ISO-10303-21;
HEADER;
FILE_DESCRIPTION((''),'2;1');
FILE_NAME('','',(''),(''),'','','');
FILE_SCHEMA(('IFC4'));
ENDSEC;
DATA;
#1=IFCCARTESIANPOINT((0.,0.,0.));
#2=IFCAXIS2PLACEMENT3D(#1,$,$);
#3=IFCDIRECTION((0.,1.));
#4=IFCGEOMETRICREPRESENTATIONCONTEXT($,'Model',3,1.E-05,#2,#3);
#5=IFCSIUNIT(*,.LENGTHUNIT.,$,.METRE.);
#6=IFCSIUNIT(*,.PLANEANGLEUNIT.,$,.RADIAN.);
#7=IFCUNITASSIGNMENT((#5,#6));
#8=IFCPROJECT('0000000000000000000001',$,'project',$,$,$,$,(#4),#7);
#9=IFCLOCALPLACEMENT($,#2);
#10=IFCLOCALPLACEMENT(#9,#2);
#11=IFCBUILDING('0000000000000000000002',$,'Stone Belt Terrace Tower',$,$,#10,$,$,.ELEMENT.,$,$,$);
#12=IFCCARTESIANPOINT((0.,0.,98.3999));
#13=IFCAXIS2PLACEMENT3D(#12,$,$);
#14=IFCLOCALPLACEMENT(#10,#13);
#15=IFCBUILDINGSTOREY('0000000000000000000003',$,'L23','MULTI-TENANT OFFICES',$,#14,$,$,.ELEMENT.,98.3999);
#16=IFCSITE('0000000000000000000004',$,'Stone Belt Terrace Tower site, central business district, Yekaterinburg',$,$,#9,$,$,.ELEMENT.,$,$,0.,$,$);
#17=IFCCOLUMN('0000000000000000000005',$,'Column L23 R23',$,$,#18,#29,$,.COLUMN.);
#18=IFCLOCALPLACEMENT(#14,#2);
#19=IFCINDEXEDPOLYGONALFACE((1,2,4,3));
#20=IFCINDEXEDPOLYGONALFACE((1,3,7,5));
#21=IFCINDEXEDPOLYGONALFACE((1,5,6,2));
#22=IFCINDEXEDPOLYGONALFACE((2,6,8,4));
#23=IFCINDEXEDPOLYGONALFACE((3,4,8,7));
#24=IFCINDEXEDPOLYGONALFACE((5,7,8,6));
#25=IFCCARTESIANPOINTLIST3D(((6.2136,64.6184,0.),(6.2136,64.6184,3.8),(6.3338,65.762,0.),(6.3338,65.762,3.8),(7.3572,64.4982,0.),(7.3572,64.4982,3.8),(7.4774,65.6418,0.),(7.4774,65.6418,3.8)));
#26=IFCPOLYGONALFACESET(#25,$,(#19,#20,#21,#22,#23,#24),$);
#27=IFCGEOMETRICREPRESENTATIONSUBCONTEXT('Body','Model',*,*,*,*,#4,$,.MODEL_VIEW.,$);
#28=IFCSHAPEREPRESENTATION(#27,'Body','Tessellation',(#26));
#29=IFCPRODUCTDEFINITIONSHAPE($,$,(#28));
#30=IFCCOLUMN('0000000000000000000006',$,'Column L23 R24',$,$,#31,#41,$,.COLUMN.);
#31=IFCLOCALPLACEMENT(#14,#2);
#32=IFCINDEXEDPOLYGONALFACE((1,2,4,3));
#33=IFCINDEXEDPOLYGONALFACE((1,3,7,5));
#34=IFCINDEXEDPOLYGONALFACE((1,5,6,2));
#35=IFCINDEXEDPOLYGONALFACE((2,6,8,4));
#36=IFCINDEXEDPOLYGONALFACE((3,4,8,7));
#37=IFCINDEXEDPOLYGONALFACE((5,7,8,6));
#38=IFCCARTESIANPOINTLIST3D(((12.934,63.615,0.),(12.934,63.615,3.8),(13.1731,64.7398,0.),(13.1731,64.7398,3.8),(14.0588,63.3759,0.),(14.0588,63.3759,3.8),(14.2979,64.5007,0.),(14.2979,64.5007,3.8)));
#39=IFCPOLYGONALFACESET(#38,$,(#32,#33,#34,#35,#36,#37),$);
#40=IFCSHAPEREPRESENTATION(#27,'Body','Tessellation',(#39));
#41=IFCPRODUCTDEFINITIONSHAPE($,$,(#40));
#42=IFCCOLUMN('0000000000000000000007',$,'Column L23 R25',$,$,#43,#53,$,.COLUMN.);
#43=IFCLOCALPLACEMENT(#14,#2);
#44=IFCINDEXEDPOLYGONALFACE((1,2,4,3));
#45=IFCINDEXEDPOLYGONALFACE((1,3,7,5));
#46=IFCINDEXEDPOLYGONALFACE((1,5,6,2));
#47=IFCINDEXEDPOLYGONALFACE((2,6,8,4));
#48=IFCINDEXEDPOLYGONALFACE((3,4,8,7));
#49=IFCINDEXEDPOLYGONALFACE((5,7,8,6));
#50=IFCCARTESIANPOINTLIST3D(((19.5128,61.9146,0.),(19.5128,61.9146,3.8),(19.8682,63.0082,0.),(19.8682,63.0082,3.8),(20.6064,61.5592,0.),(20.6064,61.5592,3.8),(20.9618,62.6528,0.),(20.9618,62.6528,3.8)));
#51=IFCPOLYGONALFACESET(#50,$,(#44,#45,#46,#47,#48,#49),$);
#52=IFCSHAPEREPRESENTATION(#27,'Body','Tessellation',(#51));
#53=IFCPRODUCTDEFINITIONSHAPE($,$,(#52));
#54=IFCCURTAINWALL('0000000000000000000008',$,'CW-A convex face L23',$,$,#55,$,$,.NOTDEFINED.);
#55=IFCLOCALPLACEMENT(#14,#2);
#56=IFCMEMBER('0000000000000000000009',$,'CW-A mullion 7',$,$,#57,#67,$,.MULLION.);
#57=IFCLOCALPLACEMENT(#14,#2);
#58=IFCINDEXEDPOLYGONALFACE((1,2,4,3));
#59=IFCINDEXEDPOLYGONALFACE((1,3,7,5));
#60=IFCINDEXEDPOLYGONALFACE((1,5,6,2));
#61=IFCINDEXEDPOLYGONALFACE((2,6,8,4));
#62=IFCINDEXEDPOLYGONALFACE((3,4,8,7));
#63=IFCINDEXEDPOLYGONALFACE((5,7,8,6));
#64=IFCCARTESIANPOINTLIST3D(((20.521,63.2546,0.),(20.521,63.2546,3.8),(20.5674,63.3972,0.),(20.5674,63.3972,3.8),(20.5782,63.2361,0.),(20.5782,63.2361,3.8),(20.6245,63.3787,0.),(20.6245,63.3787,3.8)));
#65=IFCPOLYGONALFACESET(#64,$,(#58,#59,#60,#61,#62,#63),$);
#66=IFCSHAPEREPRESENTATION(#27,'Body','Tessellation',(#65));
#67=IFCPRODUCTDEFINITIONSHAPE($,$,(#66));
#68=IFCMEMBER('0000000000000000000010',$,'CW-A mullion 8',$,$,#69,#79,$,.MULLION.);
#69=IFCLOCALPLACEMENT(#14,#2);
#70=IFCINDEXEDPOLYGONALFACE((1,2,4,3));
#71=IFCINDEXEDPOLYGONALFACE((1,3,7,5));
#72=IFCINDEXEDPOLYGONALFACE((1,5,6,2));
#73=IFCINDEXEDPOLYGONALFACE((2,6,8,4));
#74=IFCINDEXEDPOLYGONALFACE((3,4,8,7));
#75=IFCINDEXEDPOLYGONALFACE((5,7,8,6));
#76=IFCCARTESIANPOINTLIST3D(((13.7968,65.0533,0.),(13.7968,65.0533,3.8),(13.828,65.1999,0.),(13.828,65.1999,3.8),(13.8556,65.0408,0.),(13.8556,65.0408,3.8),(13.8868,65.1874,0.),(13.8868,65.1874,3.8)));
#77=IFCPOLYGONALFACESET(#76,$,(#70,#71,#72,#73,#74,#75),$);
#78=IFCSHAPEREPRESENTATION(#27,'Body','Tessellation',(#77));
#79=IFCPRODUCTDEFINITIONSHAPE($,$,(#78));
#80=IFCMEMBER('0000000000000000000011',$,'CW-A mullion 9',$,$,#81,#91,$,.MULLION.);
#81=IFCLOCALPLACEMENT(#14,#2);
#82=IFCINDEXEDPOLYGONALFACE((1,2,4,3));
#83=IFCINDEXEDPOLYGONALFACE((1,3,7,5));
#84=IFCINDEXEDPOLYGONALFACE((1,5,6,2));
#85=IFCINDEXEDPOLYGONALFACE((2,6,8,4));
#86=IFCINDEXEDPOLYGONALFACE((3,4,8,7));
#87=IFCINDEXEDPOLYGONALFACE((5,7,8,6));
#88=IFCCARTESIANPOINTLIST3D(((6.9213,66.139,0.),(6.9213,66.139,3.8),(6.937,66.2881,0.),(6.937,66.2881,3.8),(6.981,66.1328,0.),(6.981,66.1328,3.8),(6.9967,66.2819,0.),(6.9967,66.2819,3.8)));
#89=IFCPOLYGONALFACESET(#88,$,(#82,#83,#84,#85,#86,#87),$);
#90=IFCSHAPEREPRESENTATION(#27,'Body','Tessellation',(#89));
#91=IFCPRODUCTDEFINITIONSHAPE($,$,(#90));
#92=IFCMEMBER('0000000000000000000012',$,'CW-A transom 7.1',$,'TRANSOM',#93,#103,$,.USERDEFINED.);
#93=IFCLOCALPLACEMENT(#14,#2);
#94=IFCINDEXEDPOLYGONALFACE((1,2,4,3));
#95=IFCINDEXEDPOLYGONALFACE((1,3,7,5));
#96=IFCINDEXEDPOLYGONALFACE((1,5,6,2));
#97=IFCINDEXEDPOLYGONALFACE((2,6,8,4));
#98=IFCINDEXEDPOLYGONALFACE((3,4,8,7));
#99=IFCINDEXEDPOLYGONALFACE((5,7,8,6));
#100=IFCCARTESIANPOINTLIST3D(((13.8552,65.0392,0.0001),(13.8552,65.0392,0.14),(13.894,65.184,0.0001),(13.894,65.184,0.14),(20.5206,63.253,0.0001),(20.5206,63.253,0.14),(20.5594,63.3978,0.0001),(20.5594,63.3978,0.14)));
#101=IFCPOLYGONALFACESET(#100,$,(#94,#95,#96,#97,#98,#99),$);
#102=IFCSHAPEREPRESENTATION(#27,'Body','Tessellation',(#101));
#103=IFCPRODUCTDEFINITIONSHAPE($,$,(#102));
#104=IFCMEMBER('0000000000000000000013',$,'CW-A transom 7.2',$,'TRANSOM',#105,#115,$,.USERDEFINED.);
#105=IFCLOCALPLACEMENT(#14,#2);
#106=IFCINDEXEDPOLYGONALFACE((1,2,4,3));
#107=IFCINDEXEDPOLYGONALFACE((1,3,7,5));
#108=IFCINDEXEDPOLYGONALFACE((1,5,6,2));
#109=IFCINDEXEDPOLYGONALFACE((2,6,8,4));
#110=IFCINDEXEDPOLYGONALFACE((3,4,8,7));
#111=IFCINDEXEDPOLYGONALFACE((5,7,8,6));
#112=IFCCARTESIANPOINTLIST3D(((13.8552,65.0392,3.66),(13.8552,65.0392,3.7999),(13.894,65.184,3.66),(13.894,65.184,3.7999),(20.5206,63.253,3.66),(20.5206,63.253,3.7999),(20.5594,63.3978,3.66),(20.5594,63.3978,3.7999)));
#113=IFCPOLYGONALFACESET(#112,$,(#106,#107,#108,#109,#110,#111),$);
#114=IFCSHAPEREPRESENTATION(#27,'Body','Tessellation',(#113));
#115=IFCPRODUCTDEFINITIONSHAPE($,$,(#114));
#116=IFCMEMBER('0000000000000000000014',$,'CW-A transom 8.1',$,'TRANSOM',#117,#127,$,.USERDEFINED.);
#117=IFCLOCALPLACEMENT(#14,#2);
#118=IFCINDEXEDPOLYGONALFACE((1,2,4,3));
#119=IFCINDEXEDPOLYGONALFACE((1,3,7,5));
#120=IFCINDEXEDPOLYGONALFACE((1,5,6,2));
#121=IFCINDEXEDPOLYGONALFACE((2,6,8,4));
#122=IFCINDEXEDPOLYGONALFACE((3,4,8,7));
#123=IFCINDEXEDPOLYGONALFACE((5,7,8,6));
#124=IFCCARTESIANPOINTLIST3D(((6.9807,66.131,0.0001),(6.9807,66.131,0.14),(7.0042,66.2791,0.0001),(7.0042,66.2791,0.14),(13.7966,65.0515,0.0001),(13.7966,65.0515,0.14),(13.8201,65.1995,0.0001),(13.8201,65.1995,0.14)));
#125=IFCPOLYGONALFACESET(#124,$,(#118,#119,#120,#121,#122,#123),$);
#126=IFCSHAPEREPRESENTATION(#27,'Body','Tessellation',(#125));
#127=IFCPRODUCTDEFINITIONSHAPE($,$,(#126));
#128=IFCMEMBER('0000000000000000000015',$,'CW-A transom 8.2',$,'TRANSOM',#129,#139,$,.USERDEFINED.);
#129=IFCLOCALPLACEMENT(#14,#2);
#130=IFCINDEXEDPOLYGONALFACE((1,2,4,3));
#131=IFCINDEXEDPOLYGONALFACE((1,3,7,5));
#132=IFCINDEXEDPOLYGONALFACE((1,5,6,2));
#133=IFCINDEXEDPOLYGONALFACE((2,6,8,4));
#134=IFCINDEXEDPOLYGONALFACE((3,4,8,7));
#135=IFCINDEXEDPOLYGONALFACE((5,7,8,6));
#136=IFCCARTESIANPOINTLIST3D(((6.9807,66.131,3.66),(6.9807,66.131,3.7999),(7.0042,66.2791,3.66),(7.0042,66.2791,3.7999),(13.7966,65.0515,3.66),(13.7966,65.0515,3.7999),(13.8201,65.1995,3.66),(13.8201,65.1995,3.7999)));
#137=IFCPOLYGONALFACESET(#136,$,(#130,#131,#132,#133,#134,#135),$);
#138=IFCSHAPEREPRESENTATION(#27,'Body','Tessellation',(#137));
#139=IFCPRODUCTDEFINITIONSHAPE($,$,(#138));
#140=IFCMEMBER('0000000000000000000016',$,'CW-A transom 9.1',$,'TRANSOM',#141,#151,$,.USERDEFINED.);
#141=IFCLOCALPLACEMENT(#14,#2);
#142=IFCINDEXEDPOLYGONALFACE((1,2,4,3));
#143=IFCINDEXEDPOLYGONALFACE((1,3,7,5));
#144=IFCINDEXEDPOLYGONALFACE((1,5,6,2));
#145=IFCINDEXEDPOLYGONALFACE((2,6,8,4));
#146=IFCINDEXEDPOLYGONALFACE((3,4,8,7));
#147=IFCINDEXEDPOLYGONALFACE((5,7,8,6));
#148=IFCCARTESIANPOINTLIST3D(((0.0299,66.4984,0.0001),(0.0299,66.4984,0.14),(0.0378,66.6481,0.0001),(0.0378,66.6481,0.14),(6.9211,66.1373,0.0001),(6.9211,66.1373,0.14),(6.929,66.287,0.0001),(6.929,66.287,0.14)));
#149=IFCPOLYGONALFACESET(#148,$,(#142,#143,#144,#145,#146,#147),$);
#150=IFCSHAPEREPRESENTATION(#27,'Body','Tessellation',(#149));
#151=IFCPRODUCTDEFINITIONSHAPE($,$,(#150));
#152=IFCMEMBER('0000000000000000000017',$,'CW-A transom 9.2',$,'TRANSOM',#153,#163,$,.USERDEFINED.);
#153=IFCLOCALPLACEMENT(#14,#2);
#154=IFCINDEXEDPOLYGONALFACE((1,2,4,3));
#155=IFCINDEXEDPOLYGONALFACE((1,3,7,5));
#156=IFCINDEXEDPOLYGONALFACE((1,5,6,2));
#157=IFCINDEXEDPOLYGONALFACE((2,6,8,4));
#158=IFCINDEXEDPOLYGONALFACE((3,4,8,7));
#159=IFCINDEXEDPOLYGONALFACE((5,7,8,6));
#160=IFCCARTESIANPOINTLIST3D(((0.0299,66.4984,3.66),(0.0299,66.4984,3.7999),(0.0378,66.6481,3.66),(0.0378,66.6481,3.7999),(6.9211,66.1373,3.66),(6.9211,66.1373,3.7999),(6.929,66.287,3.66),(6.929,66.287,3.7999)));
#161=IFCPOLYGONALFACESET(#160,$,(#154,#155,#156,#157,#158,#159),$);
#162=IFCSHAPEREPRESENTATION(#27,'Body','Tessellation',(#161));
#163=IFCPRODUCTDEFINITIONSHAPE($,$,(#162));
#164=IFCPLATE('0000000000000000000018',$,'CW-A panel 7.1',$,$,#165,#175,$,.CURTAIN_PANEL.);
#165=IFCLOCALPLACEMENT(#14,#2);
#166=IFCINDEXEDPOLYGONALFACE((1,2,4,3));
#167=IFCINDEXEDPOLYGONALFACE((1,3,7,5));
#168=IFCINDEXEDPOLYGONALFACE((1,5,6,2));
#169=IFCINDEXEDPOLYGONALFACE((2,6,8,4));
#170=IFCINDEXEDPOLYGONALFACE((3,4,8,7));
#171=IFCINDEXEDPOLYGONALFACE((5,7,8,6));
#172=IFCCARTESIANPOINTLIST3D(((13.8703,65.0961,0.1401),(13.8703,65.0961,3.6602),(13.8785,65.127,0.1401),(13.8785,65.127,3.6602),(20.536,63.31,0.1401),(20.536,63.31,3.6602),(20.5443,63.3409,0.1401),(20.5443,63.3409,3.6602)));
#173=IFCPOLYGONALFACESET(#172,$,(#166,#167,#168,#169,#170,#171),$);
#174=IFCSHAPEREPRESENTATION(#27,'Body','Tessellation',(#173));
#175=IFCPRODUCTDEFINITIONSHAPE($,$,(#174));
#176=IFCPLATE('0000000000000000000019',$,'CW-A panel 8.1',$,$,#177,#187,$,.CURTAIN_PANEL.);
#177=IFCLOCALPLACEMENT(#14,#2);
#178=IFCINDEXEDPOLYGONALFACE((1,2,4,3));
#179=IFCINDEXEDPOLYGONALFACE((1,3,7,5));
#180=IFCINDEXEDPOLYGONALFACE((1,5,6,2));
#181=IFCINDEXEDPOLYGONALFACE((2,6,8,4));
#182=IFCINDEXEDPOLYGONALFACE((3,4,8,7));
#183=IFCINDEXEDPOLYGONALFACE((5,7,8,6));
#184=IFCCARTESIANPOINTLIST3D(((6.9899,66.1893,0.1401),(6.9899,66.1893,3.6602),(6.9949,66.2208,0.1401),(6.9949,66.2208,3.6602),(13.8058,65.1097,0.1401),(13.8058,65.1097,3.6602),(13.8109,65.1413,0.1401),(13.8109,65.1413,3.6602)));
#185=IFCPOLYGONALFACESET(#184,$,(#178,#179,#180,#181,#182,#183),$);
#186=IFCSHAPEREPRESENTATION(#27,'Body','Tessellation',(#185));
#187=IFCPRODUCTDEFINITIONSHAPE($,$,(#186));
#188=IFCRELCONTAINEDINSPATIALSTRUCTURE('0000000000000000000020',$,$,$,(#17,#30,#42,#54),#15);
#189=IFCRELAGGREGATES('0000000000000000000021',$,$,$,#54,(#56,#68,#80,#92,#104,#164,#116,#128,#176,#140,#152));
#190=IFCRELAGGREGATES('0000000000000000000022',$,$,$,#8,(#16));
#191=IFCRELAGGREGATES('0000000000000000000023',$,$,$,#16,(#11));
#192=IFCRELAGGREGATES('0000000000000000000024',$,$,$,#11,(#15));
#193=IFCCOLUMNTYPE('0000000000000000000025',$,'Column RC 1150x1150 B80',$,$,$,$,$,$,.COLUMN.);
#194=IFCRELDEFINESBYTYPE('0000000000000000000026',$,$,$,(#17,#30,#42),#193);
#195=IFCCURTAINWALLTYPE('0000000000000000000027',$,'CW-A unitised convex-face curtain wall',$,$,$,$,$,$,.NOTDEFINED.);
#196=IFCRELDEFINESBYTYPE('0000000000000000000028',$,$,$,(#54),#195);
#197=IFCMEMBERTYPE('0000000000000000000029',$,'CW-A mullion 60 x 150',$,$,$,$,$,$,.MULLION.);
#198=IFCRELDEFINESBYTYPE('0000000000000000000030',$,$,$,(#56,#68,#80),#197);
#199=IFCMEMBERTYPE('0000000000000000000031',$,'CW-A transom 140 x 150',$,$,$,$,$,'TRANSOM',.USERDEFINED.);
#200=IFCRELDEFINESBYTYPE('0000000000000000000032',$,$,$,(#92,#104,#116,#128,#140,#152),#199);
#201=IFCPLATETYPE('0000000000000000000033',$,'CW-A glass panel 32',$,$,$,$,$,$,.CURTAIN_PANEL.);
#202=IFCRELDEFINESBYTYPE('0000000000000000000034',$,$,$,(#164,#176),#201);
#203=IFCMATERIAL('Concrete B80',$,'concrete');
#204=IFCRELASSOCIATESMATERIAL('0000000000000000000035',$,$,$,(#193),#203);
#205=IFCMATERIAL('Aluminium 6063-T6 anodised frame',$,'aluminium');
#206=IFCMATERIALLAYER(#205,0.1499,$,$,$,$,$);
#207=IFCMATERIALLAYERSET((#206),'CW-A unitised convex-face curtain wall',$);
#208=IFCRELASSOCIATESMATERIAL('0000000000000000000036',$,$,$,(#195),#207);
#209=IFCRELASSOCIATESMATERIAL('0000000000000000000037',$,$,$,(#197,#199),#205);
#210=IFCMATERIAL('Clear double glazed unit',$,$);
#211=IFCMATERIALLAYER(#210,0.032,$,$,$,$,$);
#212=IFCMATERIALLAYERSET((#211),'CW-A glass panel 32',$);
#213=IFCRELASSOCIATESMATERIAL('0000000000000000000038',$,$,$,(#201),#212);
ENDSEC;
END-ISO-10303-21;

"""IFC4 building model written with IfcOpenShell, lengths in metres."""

from ifc_helpers import new_model, si_unit, direction, frame, origin, origin_2d, place, context, subcontext, project, spatial, rectangle, extrude, material, layer, layer_set, material_profile, profile_set, type_object, element, aggregate, save


model = new_model("IFC4")

# Units and contexts
model_context = context("Model", 3, precision=1e-05, world=origin(), true_north=direction((0.0, 1.0)))
body_context = subcontext(model_context, "Body", "Model", "MODEL_VIEW")
ifc_project = project(units=[si_unit("LENGTHUNIT", "METRE"), si_unit("PLANEANGLEUNIT", "RADIAN")], contexts=[model_context])

# Site, building, storey
site_placement = place(None, origin())
site = spatial("IfcSite", under=ifc_project, at=site_placement, Name="Stone Belt Terrace Tower site, central business district, Yekaterinburg", CompositionType="ELEMENT", RefElevation=0.0)
building_placement = place(site_placement, origin())
building = spatial("IfcBuilding", under=site, at=building_placement, Name="Stone Belt Terrace Tower", CompositionType="ELEMENT")
storey_placement = place(building_placement, frame((0.0, 0.0, 98.3999)))
storey = spatial("IfcBuildingStorey", under=building, at=storey_placement, Name="L23", Description="MULTI-TENANT OFFICES", CompositionType="ELEMENT", Elevation=98.3999)

# Columns
ifc_material_1 = material(Name="Concrete B80", Category="concrete")
ifc_material_profile_1 = material_profile(ifc_material_1, rectangle(XDim=1.1499, YDim=1.1499, at=origin_2d()), Name="RC 1150x1150")
ifc_profile_set_1 = profile_set([ifc_material_profile_1], Name="Concrete B80")
column_type = type_object("IfcColumnType", Name="Column RC 1150x1150 B80", PredefinedType="COLUMN", material=ifc_profile_set_1)
for number, where, z_axis, x_axis, name in (
    (1, (6.8455, 65.1301, 0.0), (0.0, 0.0, 1.0), (0.994522, -0.104528, 0.0), "Column L23 R23"),
    (2, (13.616, 64.0579, 0.0), (0.0, 0.0, 1.0), (0.978148, -0.207912, 0.0), "Column L23 R24"),
    (3, (20.2373, 62.2837, 0.0), (0.0, 0.0, 1.0), (0.951057, -0.309017, 0.0), "Column L23 R25"),
):
    element("IfcColumn", number, at=place(storey_placement, frame(where, z_axis=z_axis, x_axis=x_axis)), inside=storey, type_object=column_type, Name=name, PredefinedType="COLUMN", context=body_context, shape_type="SweptSolid", body=[
        extrude(rectangle(XDim=1.1499, YDim=1.1499, at=origin_2d()), origin(), (0.0, 0.0, 1.0), 3.8),
    ])

# Curtain wall, members, plates
ifc_material_2 = material(Name="Aluminium 6063-T6 anodised frame", Category="aluminium")
ifc_layer_1 = layer(ifc_material_2, 0.1499)
ifc_layer_set_1 = layer_set([ifc_layer_1], Name="CW-A unitised convex-face curtain wall")
curtain_wall_type = type_object("IfcCurtainWallType", Name="CW-A unitised convex-face curtain wall", PredefinedType="NOTDEFINED", material=ifc_layer_set_1)
curtain_wall_placement = place(storey_placement, origin())
curtain_wall = element("IfcCurtainWall", 4, at=curtain_wall_placement, inside=storey, type_object=curtain_wall_type, Name="CW-A convex face L23", PredefinedType="NOTDEFINED")
ifc_material_profile_2 = material_profile(ifc_material_2, rectangle(XDim=0.1499, YDim=0.0601, at=origin_2d()), Name="Aluminium 6063-T6 60x150")
ifc_profile_set_2 = profile_set([ifc_material_profile_2], Name="Aluminium 6063-T6 anodised frame")
member_type_1 = type_object("IfcMemberType", Name="CW-A mullion 60 x 150", PredefinedType="MULLION", material=ifc_profile_set_2)
member_1_placement = place(storey_placement, frame((20.5728, 63.3167, 0.0), z_axis=(0.0, 0.0, 1.0), x_axis=(-0.309017, -0.951057, 0.0)))
member_1 = element("IfcMember", 5, at=member_1_placement, type_object=member_type_1, Name="CW-A mullion 7", PredefinedType="MULLION", context=body_context, shape_type="SweptSolid", body=[
    extrude(rectangle(XDim=0.1499, YDim=0.0601, at=origin_2d()), origin(), (0.0, 0.0, 1.0), 3.8),
])
member_2_placement = place(storey_placement, frame((13.8418, 65.1204, 0.0), z_axis=(0.0, 0.0, 1.0), x_axis=(-0.207912, -0.978148, 0.0)))
member_2 = element("IfcMember", 6, at=member_2_placement, type_object=member_type_1, Name="CW-A mullion 8", PredefinedType="MULLION", context=body_context, shape_type="SweptSolid", body=[
    extrude(rectangle(XDim=0.1499, YDim=0.0601, at=origin_2d()), origin(), (0.0, 0.0, 1.0), 3.8),
])
member_3_placement = place(storey_placement, frame((6.959, 66.2104, 0.0), z_axis=(0.0, 0.0, 1.0), x_axis=(-0.104528, -0.994522, 0.0)))
member_3 = element("IfcMember", 7, at=member_3_placement, type_object=member_type_1, Name="CW-A mullion 9", PredefinedType="MULLION", context=body_context, shape_type="SweptSolid", body=[
    extrude(rectangle(XDim=0.1499, YDim=0.0601, at=origin_2d()), origin(), (0.0, 0.0, 1.0), 3.8),
])
ifc_material_profile_3 = material_profile(ifc_material_2, rectangle(XDim=0.1499, YDim=0.1399, at=origin_2d()), Name="Aluminium 6063-T6 150x140")
ifc_profile_set_3 = profile_set([ifc_material_profile_3], Name="Aluminium 6063-T6 anodised frame")
member_type_2 = type_object("IfcMemberType", Name="CW-A transom 140 x 150", ElementType="TRANSOM", PredefinedType="USERDEFINED", material=ifc_profile_set_3)
member_4_placement = place(storey_placement, frame((20.54, 63.3254, 0.0701), z_axis=(-0.965922, 0.258834, 0.0), x_axis=(-0.258834, -0.965922, 0.0)))
member_4 = element("IfcMember", 8, at=member_4_placement, type_object=member_type_2, Name="CW-A transom 7.1", ObjectType="TRANSOM", PredefinedType="USERDEFINED", context=body_context, shape_type="SweptSolid", body=[
    extrude(rectangle(XDim=0.1499, YDim=0.1399, at=origin_2d()), origin(), (0.0, 0.0, 1.0), 6.9006),
])
member_5_placement = place(storey_placement, frame((20.54, 63.3254, 3.73), z_axis=(-0.965922, 0.258834, 0.0), x_axis=(-0.258834, -0.965922, 0.0)))
member_5 = element("IfcMember", 9, at=member_5_placement, type_object=member_type_2, Name="CW-A transom 7.2", ObjectType="TRANSOM", PredefinedType="USERDEFINED", context=body_context, shape_type="SweptSolid", body=[
    extrude(rectangle(XDim=0.1499, YDim=0.1399, at=origin_2d()), origin(), (0.0, 0.0, 1.0), 6.9006),
])
member_6_placement = place(storey_placement, frame((13.8083, 65.1255, 0.0701), z_axis=(-0.987687, 0.156442, 0.0), x_axis=(-0.156442, -0.987687, 0.0)))
member_6 = element("IfcMember", 10, at=member_6_placement, type_object=member_type_2, Name="CW-A transom 8.1", ObjectType="TRANSOM", PredefinedType="USERDEFINED", context=body_context, shape_type="SweptSolid", body=[
    extrude(rectangle(XDim=0.1499, YDim=0.1399, at=origin_2d()), origin(), (0.0, 0.0, 1.0), 6.9009),
])
member_7_placement = place(storey_placement, frame((13.8083, 65.1255, 3.73), z_axis=(-0.987687, 0.156442, 0.0), x_axis=(-0.156442, -0.987687, 0.0)))
member_7 = element("IfcMember", 11, at=member_7_placement, type_object=member_type_2, Name="CW-A transom 8.2", ObjectType="TRANSOM", PredefinedType="USERDEFINED", context=body_context, shape_type="SweptSolid", body=[
    extrude(rectangle(XDim=0.1499, YDim=0.1399, at=origin_2d()), origin(), (0.0, 0.0, 1.0), 6.9009),
])
member_8_placement = place(storey_placement, frame((6.925, 66.2122, 0.0701), z_axis=(-0.99863, 0.052327, 0.0), x_axis=(-0.052327, -0.99863, 0.0)))
member_8 = element("IfcMember", 12, at=member_8_placement, type_object=member_type_2, Name="CW-A transom 9.1", ObjectType="TRANSOM", PredefinedType="USERDEFINED", context=body_context, shape_type="SweptSolid", body=[
    extrude(rectangle(XDim=0.1499, YDim=0.1399, at=origin_2d()), origin(), (0.0, 0.0, 1.0), 6.9006),
])
member_9_placement = place(storey_placement, frame((6.925, 66.2122, 3.73), z_axis=(-0.99863, 0.052327, 0.0), x_axis=(-0.052327, -0.99863, 0.0)))
member_9 = element("IfcMember", 13, at=member_9_placement, type_object=member_type_2, Name="CW-A transom 9.2", ObjectType="TRANSOM", PredefinedType="USERDEFINED", context=body_context, shape_type="SweptSolid", body=[
    extrude(rectangle(XDim=0.1499, YDim=0.1399, at=origin_2d()), origin(), (0.0, 0.0, 1.0), 6.9006),
])
ifc_material_3 = material(Name="Clear double glazed unit")
ifc_layer_2 = layer(ifc_material_3, 0.032)
ifc_layer_set_2 = layer_set([ifc_layer_2], Name="CW-A glass panel 32")
plate_type_1 = type_object("IfcPlateType", Name="CW-A glass panel 32", PredefinedType="CURTAIN_PANEL", material=ifc_layer_set_2)
plate_1_placement = place(storey_placement, frame((17.2073, 64.2185, 0.1401), z_axis=(0.0, 0.0, 1.0), x_axis=(-0.965926, 0.258819, 0.0)))
plate_1 = element("IfcPlate", 14, at=plate_1_placement, type_object=plate_type_1, Name="CW-A panel 7.1", PredefinedType="CURTAIN_PANEL", context=body_context, shape_type="SweptSolid", body=[
    extrude(rectangle(XDim=6.9009, YDim=0.032, at=origin_2d()), origin(), (0.0, 0.0, 1.0), 3.52),
])
plate_2_placement = place(storey_placement, frame((10.4004, 65.6653, 0.1401), z_axis=(0.0, 0.0, 1.0), x_axis=(-0.987688, 0.156434, 0.0)))
plate_2 = element("IfcPlate", 15, at=plate_2_placement, type_object=plate_type_1, Name="CW-A panel 8.1", PredefinedType="CURTAIN_PANEL", context=body_context, shape_type="SweptSolid", body=[
    extrude(rectangle(XDim=6.9009, YDim=0.032, at=origin_2d()), origin(), (0.0, 0.0, 1.0), 3.52),
])
aggregate(curtain_wall, [member_1, member_2, member_3, member_4, member_5, plate_1, member_6, member_7, plate_2, member_8, member_9])

save(model, "model.ifc")
